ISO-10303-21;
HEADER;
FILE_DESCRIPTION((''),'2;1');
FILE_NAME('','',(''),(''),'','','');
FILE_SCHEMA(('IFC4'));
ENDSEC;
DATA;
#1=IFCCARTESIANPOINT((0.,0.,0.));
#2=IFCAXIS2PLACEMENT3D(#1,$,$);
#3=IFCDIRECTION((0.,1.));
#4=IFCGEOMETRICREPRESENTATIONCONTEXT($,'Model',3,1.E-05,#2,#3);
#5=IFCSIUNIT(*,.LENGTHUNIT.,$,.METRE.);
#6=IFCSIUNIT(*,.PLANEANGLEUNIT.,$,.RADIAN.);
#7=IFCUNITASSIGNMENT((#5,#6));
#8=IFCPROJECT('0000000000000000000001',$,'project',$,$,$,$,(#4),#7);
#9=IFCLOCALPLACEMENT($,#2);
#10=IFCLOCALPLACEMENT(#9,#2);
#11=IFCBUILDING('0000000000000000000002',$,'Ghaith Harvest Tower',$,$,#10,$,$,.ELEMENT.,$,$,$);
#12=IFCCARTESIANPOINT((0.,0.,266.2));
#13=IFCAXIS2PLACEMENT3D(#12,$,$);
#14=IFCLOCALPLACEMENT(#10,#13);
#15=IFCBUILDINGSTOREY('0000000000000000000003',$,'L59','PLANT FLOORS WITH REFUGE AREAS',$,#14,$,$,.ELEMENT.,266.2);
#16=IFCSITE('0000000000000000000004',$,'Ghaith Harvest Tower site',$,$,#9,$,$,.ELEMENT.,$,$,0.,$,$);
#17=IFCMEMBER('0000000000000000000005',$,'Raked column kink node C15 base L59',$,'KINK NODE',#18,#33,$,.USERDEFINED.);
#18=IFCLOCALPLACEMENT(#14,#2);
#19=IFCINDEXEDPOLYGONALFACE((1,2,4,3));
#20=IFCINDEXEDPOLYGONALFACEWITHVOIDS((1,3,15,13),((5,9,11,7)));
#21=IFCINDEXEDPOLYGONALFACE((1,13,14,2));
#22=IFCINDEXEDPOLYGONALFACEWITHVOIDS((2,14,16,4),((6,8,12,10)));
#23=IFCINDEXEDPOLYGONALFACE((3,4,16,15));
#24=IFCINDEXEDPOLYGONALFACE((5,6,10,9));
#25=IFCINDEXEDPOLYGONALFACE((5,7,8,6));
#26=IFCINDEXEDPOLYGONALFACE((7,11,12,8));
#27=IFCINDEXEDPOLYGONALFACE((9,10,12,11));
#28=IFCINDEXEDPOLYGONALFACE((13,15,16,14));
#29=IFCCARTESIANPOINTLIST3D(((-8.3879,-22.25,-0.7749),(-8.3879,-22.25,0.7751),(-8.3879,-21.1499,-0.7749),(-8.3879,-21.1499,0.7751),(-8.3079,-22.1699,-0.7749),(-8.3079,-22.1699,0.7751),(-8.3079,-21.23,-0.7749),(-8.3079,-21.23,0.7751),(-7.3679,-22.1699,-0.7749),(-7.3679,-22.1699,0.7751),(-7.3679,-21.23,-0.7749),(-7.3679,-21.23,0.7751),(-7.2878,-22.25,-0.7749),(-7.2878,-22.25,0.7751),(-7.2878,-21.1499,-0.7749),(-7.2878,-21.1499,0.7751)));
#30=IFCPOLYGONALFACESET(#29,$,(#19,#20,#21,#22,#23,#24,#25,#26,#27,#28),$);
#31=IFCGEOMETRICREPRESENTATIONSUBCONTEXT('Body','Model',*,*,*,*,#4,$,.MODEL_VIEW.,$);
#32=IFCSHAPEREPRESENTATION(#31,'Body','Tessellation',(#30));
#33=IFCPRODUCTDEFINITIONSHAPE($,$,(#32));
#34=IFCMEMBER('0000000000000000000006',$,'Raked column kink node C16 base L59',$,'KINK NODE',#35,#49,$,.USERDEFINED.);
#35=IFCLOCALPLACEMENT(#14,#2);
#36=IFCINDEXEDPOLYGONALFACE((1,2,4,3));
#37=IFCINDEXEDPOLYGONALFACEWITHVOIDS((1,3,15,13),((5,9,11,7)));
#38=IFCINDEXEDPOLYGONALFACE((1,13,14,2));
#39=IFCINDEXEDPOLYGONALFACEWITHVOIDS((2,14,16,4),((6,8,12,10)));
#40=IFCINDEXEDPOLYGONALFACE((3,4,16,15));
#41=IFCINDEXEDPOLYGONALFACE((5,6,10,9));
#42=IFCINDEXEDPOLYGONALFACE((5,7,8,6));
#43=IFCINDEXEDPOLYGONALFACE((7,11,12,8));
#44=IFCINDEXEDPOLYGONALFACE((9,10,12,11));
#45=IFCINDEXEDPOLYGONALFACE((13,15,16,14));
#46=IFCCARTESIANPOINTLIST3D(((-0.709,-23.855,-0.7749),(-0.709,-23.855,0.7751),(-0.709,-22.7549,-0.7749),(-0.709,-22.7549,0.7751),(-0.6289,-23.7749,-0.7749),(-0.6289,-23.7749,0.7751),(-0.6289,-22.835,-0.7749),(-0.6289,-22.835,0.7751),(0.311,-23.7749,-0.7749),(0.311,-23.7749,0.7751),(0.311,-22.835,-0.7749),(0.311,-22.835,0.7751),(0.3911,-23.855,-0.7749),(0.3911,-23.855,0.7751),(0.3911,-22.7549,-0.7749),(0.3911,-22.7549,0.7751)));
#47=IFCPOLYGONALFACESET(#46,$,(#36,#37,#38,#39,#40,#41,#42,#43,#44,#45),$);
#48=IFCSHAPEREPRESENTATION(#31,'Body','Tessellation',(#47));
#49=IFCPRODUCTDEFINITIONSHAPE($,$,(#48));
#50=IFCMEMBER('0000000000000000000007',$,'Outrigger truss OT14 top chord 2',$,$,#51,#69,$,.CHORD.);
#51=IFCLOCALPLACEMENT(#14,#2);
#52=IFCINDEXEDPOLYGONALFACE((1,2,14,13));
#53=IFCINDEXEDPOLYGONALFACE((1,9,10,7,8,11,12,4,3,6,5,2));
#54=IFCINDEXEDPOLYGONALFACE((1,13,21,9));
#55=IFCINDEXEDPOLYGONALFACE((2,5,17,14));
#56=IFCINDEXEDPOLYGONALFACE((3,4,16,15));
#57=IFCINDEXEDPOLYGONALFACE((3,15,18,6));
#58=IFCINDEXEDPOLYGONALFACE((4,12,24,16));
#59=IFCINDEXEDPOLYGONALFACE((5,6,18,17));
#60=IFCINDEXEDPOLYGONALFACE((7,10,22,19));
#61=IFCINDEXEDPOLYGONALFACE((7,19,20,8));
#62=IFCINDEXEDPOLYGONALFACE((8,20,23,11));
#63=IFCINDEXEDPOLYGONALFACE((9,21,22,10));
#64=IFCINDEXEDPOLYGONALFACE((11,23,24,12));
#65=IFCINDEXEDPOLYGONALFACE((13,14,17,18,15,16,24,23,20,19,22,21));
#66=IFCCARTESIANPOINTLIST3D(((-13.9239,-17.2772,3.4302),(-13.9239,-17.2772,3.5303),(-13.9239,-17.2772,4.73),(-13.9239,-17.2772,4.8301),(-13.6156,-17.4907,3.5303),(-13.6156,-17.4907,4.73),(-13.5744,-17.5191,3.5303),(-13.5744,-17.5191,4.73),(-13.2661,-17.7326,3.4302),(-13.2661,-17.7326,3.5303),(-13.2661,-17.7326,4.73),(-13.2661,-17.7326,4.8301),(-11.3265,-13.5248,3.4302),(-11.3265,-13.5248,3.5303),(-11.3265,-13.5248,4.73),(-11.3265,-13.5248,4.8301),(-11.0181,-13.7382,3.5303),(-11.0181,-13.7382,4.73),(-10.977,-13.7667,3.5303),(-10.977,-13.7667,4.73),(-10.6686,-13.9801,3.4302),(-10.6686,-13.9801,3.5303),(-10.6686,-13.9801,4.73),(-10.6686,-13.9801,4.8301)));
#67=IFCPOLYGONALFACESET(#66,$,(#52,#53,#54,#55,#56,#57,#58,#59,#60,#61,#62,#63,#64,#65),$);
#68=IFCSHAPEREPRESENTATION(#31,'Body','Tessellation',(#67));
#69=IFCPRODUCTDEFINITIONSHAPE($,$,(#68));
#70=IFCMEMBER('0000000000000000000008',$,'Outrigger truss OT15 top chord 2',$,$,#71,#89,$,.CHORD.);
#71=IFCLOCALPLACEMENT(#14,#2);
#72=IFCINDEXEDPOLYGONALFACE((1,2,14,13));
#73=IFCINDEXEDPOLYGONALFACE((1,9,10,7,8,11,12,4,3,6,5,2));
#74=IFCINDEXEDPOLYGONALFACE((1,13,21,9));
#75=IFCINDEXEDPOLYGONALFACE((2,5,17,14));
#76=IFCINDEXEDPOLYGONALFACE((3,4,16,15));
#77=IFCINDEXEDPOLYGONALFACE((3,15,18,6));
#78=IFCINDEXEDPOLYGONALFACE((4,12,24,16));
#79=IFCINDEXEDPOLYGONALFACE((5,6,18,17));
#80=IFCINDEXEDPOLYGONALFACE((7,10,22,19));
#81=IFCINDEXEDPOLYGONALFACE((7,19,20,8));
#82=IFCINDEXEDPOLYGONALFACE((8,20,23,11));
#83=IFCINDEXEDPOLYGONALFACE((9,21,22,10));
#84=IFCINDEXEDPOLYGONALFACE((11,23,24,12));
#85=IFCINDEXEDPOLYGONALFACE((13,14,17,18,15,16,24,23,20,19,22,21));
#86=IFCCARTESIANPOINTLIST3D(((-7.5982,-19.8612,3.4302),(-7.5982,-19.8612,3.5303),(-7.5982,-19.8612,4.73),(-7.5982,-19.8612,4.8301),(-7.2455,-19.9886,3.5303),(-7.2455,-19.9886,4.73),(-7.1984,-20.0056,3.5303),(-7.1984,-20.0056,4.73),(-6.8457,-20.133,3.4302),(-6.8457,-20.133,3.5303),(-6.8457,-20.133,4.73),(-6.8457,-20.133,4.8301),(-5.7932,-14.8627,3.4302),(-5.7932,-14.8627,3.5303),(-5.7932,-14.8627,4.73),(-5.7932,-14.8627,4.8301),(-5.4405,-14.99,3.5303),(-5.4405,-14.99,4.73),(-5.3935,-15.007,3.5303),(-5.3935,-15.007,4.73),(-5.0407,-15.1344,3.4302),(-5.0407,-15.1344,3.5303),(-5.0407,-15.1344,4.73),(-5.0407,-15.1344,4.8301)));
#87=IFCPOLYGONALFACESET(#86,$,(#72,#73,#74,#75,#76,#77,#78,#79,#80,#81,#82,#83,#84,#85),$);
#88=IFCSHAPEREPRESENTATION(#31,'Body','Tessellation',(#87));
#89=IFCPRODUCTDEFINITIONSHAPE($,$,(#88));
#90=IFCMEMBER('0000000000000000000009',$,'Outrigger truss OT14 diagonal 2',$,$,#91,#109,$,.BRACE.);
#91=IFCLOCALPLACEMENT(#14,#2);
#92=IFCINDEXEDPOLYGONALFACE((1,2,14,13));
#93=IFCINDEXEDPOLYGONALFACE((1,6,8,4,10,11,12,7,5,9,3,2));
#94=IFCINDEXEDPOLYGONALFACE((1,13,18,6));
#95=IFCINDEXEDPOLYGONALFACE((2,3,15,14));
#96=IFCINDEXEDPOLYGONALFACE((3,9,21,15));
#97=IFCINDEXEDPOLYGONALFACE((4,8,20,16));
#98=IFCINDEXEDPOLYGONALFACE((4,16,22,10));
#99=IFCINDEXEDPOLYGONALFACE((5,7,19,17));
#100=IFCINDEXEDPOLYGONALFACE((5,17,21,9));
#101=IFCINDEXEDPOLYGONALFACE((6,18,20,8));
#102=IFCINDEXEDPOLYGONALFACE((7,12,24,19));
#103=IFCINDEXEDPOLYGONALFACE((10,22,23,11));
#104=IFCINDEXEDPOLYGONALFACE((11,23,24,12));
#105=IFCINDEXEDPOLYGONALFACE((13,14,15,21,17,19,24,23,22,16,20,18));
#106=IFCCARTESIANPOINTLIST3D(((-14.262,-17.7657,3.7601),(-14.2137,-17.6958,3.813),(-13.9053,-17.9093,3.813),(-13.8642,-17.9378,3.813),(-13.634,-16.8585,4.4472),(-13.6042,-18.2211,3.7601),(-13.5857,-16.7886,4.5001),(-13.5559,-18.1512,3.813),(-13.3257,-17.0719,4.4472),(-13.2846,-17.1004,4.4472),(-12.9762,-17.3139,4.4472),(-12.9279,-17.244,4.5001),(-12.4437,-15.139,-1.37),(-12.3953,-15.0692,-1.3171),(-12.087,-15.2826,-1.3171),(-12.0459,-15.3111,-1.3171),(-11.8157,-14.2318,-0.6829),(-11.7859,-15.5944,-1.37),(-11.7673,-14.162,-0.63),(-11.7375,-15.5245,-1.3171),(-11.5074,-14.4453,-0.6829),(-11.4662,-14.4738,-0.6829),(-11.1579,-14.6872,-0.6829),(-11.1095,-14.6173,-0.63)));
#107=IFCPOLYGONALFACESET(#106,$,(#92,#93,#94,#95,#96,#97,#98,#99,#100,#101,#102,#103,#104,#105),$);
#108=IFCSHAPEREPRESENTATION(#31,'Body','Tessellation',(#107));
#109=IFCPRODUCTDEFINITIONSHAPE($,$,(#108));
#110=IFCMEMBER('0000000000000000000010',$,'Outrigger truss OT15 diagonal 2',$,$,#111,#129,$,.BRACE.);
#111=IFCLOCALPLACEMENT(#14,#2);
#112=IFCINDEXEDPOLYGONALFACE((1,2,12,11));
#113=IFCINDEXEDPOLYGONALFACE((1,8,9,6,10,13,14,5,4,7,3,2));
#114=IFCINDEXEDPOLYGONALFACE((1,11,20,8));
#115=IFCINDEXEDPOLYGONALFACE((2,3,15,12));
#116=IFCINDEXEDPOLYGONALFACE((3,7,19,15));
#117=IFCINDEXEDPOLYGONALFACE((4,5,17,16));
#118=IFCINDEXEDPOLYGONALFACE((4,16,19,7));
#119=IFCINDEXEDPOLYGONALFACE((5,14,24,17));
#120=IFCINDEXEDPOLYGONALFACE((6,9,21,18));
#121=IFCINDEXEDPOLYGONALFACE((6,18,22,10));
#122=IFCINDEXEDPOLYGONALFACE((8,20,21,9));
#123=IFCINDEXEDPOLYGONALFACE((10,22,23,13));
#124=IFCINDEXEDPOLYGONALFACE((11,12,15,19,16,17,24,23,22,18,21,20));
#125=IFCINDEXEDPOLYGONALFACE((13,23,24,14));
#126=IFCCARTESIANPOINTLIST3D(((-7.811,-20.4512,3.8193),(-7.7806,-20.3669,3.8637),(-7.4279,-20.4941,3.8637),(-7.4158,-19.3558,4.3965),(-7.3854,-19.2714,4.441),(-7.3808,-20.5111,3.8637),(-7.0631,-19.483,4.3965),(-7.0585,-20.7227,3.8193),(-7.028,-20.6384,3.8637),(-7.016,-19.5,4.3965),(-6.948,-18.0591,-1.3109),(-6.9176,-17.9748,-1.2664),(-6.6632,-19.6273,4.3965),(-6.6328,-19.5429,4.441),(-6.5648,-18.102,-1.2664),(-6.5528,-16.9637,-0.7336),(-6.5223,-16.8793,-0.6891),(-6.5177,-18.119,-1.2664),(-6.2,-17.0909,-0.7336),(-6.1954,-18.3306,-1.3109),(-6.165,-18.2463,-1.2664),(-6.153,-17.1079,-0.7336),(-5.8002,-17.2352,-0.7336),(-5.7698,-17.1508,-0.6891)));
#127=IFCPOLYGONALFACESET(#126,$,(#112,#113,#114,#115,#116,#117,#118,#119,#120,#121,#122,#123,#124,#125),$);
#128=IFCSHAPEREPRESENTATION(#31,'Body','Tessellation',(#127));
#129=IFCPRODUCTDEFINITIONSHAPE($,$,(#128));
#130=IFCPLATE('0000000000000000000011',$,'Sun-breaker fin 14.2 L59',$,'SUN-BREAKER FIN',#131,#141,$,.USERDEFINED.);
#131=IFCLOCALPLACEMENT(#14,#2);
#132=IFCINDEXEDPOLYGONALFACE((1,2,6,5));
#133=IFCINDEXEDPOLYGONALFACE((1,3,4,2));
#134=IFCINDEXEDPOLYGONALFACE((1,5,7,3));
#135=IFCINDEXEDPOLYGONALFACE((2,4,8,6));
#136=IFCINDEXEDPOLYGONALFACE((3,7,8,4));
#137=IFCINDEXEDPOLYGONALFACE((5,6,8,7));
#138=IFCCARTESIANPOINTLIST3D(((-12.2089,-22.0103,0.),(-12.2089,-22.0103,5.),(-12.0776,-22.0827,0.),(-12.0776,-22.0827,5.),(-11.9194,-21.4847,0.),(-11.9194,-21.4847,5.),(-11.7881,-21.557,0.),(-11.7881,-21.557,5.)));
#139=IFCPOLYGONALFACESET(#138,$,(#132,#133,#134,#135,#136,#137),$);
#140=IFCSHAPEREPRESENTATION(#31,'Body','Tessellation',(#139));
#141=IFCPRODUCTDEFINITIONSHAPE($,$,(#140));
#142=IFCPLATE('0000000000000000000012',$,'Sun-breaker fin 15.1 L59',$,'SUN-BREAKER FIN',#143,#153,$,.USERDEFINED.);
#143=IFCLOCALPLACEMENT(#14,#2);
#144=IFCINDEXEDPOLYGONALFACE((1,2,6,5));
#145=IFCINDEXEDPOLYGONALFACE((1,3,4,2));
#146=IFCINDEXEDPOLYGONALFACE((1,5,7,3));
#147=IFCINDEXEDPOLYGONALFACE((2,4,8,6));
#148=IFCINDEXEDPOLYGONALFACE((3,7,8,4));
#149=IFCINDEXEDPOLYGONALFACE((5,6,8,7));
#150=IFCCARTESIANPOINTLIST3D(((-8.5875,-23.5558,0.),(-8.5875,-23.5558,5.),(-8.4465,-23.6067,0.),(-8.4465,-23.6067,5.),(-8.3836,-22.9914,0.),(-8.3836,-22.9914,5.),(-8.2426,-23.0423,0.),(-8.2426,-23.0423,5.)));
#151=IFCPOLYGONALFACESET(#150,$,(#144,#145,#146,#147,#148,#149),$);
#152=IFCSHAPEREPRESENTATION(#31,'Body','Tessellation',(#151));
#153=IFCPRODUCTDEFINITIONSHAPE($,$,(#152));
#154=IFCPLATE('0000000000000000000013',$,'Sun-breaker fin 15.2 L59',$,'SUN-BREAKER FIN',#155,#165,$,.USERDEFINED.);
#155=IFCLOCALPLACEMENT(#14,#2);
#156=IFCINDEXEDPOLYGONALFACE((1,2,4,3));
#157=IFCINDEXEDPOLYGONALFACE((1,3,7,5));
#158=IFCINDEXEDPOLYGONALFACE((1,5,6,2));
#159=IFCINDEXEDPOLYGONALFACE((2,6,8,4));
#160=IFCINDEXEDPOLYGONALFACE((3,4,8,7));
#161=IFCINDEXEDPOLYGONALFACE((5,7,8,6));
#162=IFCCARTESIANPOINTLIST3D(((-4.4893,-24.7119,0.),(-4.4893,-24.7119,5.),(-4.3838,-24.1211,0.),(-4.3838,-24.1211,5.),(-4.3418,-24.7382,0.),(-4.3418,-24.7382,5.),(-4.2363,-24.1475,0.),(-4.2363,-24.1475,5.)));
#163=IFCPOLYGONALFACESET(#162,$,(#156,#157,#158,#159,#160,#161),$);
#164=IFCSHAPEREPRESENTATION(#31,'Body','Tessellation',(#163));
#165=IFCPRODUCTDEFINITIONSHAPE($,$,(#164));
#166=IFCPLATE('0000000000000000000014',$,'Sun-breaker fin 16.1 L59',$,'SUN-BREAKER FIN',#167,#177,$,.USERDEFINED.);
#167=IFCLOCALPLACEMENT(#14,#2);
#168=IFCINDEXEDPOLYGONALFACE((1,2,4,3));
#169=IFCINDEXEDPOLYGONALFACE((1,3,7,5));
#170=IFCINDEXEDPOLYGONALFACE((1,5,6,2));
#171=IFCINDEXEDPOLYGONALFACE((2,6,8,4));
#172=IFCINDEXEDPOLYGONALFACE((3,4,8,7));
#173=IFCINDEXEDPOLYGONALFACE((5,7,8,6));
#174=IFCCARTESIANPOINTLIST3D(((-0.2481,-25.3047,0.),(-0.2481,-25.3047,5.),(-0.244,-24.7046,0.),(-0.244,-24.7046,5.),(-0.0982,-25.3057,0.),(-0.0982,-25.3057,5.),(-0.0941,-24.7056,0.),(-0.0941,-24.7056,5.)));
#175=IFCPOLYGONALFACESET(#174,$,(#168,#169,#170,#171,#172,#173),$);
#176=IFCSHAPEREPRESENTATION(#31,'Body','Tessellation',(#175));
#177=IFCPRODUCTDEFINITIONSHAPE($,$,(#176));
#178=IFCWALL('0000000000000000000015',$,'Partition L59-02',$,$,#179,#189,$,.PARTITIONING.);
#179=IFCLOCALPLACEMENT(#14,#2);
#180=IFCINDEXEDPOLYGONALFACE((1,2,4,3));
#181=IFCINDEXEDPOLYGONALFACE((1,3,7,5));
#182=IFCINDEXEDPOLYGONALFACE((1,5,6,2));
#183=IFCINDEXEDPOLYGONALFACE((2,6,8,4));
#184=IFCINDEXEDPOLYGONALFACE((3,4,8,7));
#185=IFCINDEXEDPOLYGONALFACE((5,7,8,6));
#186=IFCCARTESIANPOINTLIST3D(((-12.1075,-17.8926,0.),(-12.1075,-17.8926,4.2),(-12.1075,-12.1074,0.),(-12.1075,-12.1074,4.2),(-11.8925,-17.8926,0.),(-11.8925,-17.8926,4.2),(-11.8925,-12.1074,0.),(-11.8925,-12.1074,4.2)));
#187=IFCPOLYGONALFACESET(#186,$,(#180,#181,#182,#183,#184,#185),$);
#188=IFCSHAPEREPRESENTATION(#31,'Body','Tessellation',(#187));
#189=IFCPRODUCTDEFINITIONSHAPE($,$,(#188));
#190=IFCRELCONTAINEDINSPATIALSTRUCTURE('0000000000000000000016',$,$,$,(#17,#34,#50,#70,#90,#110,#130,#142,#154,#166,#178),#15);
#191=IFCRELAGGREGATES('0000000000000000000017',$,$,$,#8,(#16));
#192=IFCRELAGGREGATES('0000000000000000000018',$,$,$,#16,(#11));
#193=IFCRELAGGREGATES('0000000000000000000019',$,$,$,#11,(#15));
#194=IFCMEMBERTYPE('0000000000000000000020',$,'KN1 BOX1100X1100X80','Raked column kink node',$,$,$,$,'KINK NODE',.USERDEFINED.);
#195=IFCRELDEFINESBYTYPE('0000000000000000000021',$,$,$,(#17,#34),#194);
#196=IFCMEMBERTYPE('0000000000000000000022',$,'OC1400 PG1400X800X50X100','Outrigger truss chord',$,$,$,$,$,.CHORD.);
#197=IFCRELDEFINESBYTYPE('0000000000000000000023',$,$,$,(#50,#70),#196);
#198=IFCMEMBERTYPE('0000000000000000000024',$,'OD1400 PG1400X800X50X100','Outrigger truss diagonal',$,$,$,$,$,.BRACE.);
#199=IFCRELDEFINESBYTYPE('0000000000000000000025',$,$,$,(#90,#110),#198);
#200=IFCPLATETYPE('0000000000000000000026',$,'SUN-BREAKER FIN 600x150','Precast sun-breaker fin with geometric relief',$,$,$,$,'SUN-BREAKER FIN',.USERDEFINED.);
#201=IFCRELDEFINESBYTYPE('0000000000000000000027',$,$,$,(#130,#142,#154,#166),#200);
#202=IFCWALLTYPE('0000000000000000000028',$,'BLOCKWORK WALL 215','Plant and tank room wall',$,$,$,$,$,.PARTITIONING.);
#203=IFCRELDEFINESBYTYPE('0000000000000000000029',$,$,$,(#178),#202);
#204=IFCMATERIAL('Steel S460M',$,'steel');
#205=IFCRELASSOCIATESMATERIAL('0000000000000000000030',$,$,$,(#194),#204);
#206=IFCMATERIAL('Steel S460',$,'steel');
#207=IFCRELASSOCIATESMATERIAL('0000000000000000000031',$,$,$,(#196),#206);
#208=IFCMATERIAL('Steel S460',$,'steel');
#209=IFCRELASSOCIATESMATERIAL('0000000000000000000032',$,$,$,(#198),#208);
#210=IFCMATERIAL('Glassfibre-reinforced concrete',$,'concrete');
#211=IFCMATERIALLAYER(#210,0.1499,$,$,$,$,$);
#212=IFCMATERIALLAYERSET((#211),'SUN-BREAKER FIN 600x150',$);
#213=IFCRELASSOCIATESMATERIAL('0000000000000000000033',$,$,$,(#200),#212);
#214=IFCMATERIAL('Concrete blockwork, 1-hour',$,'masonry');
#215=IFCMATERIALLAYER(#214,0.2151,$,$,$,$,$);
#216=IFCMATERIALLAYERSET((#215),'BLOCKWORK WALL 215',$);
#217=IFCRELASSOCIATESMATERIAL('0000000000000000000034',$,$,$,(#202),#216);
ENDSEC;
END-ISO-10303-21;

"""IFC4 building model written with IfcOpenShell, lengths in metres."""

from ifc_helpers import new_model, si_unit, direction, frame, frame_2d, origin, origin_2d, place, context, subcontext, project, spatial, rectangle, hollow_rectangle, i_section, extrude, material, layer, layer_set, material_profile, profile_set, type_object, element, save


model = new_model("IFC4")

# Units and contexts
model_context = context("Model", 3, precision=1e-05, world=origin(), true_north=direction((0.0, 1.0)))
body_context = subcontext(model_context, "Body", "Model", "MODEL_VIEW")
ifc_project = project(units=[si_unit("LENGTHUNIT", "METRE"), si_unit("PLANEANGLEUNIT", "RADIAN")], contexts=[model_context])

# Site, building, storey
site_placement = place(None, origin())
site = spatial("IfcSite", under=ifc_project, at=site_placement, Name="Ghaith Harvest Tower site", CompositionType="ELEMENT", RefElevation=0.0)
building_placement = place(site_placement, origin())
building = spatial("IfcBuilding", under=site, at=building_placement, Name="Ghaith Harvest Tower", CompositionType="ELEMENT")
storey_placement = place(building_placement, frame((0.0, 0.0, 266.2)))
storey = spatial("IfcBuildingStorey", under=building, at=storey_placement, Name="L59", Description="PLANT FLOORS WITH REFUGE AREAS", CompositionType="ELEMENT", Elevation=266.2)

# Members
ifc_material_1 = material(Name="Steel S460M", Category="steel")
ifc_material_profile_1 = material_profile(ifc_material_1, hollow_rectangle(XDim=1.1001, YDim=1.1001, WallThickness=0.0801, at=origin_2d()), Name="BOX1100X1100X80")
ifc_profile_set_1 = profile_set([ifc_material_profile_1], Name="Steel S460M")
member_type_1 = type_object("IfcMemberType", Name="KN1 BOX1100X1100X80", Description="Raked column kink node", ElementType="KINK NODE", PredefinedType="USERDEFINED", material=ifc_profile_set_1)
for number, where, z_axis, x_axis, name in (
    (1, (-7.8379, -21.7, -0.7749), (0.0, 0.0, 1.0), (1.0, 0.0, 0.0), "Raked column kink node C15 base L59"),
    (2, (-0.1589, -23.3049, -0.7749), (0.0, 0.0, 1.0), (1.0, 0.0, 0.0), "Raked column kink node C16 base L59"),
):
    element("IfcMember", number, at=place(storey_placement, frame(where, z_axis=z_axis, x_axis=x_axis)), inside=storey, type_object=member_type_1, Name=name, ObjectType="KINK NODE", PredefinedType="USERDEFINED", context=body_context, shape_type="SweptSolid", body=[
        extrude(hollow_rectangle(XDim=1.1001, YDim=1.1001, WallThickness=0.0801, at=origin_2d()), origin(), (0.0, 0.0, 1.0), 1.55),
    ])
ifc_material_2 = material(Name="Steel S460", Category="steel")
ifc_material_profile_2 = material_profile(ifc_material_2, i_section(OverallWidth=0.8, OverallDepth=1.3999, WebThickness=0.05, FlangeThickness=0.1001, at=origin_2d()), Name="PG1400X800X50X100")
ifc_profile_set_2 = profile_set([ifc_material_profile_2], Name="Steel S460")
member_type_2 = type_object("IfcMemberType", Name="OC1400 PG1400X800X50X100", Description="Outrigger truss chord", PredefinedType="CHORD", material=ifc_profile_set_2)
member_1_placement = place(storey_placement, frame((-10.9976, -13.7524, 4.1301), z_axis=(-0.569146, -0.822236, 0.0), x_axis=(0.822236, -0.569146, 0.0)))
element("IfcMember", 3, at=member_1_placement, inside=storey, type_object=member_type_2, Name="Outrigger truss OT14 top chord 2", PredefinedType="CHORD", context=body_context, shape_type="SweptSolid", body=[
    extrude(i_section(OverallWidth=0.8, OverallDepth=1.3999, WebThickness=0.05, FlangeThickness=0.1001, at=origin_2d()), origin(), (0.0, 0.0, 1.0), 4.5637),
])
member_2_placement = place(storey_placement, frame((-5.417, -14.9985, 4.1301), z_axis=(-0.339629, -0.94056, 0.0), x_axis=(0.94056, -0.339629, 0.0)))
element("IfcMember", 4, at=member_2_placement, inside=storey, type_object=member_type_2, Name="Outrigger truss OT15 top chord 2", PredefinedType="CHORD", context=body_context, shape_type="SweptSolid", body=[
    extrude(i_section(OverallWidth=0.8, OverallDepth=1.3999, WebThickness=0.05, FlangeThickness=0.1001, at=origin_2d()), origin(), (0.0, 0.0, 1.0), 5.3145),
])
ifc_material_3 = material(Name="Steel S460", Category="steel")
ifc_material_profile_3 = material_profile(ifc_material_3, i_section(OverallWidth=0.8, OverallDepth=1.3999, WebThickness=0.05, FlangeThickness=0.1001, at=origin_2d()), Name="PG1400X800X50X100")
ifc_profile_set_3 = profile_set([ifc_material_profile_3], Name="Steel S460")
member_type_3 = type_object("IfcMemberType", Name="OD1400 PG1400X800X50X100", Description="Outrigger truss diagonal", PredefinedType="BRACE", material=ifc_profile_set_3)
member_3_placement = place(storey_placement, frame((-11.7766, -14.8782, -1.0), z_axis=(-0.300877, -0.434632, 0.848863), x_axis=(0.822211, -0.569182, 0.0)))
element("IfcMember", 5, at=member_3_placement, inside=storey, type_object=member_type_3, Name="Outrigger truss OT14 diagonal 2", PredefinedType="BRACE", context=body_context, shape_type="SweptSolid", body=[
    extrude(i_section(OverallWidth=0.8, OverallDepth=1.3999, WebThickness=0.05, FlangeThickness=0.1001, at=origin_2d()), origin(), (0.0, 0.0, 1.0), 6.0435),
])
member_4_placement = place(storey_placement, frame((-6.3589, -17.605, -1.0), z_axis=(-0.150727, -0.417772, 0.895962), x_axis=(0.940651, -0.339376, 0.0)))
element("IfcMember", 6, at=member_4_placement, inside=storey, type_object=member_type_3, Name="Outrigger truss OT15 diagonal 2", PredefinedType="BRACE", context=body_context, shape_type="SweptSolid", body=[
    extrude(i_section(OverallWidth=0.8, OverallDepth=1.3999, WebThickness=0.05, FlangeThickness=0.1001, at=origin_2d()), origin(), (0.0, 0.0, 1.0), 5.7258),
])

# Plates
ifc_material_4 = material(Name="Glassfibre-reinforced concrete", Category="concrete")
ifc_layer_1 = layer(ifc_material_4, 0.1499)
ifc_layer_set_1 = layer_set([ifc_layer_1], Name="SUN-BREAKER FIN 600x150")
plate_type = type_object("IfcPlateType", Name="SUN-BREAKER FIN 600x150", Description="Precast sun-breaker fin with geometric relief", ElementType="SUN-BREAKER FIN", PredefinedType="USERDEFINED", material=ifc_layer_set_1)
for number, where, z_axis, x_axis, name in (
    (7, (-11.9985, -21.7837, 0.0), (0.0, 0.0, 1.0), (-0.482462, -0.875917, 0.0), "Sun-breaker fin 14.2 L59"),
    (8, (-8.415, -23.2991, 0.0), (0.0, 0.0, 1.0), (-0.339699, -0.940534, 0.0), "Sun-breaker fin 15.1 L59"),
    (9, (-4.3628, -24.4297, 0.0), (0.0, 0.0, 1.0), (-0.175802, -0.984426, 0.0), "Sun-breaker fin 15.2 L59"),
    (10, (-0.1711, -25.0051, 0.0), (0.0, 0.0, 1.0), (-0.006844, -0.999977, 0.0), "Sun-breaker fin 16.1 L59"),
):
    element("IfcPlate", number, at=place(storey_placement, frame(where, z_axis=z_axis, x_axis=x_axis)), inside=storey, type_object=plate_type, Name=name, ObjectType="SUN-BREAKER FIN", PredefinedType="USERDEFINED", context=body_context, shape_type="SweptSolid", body=[
        extrude(rectangle(XDim=0.6001, YDim=0.1499, at=origin_2d()), origin(), (0.0, 0.0, 1.0), 5.0),
    ])

# Wall
ifc_material_5 = material(Name="Concrete blockwork, 1-hour", Category="masonry")
ifc_layer_2 = layer(ifc_material_5, 0.2151)
ifc_layer_set_2 = layer_set([ifc_layer_2], Name="BLOCKWORK WALL 215")
wall_type_1 = type_object("IfcWallType", Name="BLOCKWORK WALL 215", Description="Plant and tank room wall", PredefinedType="PARTITIONING", material=ifc_layer_set_2)
for number, where, z_axis, x_axis, name in (
    (11, (-12.0, -17.8926, 0.0), (0.0, 0.0, 1.0), (0.0, 1.0, 0.0), "Partition L59-02"),
):
    element("IfcWall", number, at=place(storey_placement, frame(where, z_axis=z_axis, x_axis=x_axis)), inside=storey, type_object=wall_type_1, Name=name, PredefinedType="PARTITIONING", context=body_context, shape_type="SweptSolid", body=[
        extrude(rectangle(XDim=5.7852, YDim=0.2151, at=frame_2d((2.8926, 0.0))), origin(), (0.0, 0.0, 1.0), 4.2),
    ])

save(model, "model.ifc")
